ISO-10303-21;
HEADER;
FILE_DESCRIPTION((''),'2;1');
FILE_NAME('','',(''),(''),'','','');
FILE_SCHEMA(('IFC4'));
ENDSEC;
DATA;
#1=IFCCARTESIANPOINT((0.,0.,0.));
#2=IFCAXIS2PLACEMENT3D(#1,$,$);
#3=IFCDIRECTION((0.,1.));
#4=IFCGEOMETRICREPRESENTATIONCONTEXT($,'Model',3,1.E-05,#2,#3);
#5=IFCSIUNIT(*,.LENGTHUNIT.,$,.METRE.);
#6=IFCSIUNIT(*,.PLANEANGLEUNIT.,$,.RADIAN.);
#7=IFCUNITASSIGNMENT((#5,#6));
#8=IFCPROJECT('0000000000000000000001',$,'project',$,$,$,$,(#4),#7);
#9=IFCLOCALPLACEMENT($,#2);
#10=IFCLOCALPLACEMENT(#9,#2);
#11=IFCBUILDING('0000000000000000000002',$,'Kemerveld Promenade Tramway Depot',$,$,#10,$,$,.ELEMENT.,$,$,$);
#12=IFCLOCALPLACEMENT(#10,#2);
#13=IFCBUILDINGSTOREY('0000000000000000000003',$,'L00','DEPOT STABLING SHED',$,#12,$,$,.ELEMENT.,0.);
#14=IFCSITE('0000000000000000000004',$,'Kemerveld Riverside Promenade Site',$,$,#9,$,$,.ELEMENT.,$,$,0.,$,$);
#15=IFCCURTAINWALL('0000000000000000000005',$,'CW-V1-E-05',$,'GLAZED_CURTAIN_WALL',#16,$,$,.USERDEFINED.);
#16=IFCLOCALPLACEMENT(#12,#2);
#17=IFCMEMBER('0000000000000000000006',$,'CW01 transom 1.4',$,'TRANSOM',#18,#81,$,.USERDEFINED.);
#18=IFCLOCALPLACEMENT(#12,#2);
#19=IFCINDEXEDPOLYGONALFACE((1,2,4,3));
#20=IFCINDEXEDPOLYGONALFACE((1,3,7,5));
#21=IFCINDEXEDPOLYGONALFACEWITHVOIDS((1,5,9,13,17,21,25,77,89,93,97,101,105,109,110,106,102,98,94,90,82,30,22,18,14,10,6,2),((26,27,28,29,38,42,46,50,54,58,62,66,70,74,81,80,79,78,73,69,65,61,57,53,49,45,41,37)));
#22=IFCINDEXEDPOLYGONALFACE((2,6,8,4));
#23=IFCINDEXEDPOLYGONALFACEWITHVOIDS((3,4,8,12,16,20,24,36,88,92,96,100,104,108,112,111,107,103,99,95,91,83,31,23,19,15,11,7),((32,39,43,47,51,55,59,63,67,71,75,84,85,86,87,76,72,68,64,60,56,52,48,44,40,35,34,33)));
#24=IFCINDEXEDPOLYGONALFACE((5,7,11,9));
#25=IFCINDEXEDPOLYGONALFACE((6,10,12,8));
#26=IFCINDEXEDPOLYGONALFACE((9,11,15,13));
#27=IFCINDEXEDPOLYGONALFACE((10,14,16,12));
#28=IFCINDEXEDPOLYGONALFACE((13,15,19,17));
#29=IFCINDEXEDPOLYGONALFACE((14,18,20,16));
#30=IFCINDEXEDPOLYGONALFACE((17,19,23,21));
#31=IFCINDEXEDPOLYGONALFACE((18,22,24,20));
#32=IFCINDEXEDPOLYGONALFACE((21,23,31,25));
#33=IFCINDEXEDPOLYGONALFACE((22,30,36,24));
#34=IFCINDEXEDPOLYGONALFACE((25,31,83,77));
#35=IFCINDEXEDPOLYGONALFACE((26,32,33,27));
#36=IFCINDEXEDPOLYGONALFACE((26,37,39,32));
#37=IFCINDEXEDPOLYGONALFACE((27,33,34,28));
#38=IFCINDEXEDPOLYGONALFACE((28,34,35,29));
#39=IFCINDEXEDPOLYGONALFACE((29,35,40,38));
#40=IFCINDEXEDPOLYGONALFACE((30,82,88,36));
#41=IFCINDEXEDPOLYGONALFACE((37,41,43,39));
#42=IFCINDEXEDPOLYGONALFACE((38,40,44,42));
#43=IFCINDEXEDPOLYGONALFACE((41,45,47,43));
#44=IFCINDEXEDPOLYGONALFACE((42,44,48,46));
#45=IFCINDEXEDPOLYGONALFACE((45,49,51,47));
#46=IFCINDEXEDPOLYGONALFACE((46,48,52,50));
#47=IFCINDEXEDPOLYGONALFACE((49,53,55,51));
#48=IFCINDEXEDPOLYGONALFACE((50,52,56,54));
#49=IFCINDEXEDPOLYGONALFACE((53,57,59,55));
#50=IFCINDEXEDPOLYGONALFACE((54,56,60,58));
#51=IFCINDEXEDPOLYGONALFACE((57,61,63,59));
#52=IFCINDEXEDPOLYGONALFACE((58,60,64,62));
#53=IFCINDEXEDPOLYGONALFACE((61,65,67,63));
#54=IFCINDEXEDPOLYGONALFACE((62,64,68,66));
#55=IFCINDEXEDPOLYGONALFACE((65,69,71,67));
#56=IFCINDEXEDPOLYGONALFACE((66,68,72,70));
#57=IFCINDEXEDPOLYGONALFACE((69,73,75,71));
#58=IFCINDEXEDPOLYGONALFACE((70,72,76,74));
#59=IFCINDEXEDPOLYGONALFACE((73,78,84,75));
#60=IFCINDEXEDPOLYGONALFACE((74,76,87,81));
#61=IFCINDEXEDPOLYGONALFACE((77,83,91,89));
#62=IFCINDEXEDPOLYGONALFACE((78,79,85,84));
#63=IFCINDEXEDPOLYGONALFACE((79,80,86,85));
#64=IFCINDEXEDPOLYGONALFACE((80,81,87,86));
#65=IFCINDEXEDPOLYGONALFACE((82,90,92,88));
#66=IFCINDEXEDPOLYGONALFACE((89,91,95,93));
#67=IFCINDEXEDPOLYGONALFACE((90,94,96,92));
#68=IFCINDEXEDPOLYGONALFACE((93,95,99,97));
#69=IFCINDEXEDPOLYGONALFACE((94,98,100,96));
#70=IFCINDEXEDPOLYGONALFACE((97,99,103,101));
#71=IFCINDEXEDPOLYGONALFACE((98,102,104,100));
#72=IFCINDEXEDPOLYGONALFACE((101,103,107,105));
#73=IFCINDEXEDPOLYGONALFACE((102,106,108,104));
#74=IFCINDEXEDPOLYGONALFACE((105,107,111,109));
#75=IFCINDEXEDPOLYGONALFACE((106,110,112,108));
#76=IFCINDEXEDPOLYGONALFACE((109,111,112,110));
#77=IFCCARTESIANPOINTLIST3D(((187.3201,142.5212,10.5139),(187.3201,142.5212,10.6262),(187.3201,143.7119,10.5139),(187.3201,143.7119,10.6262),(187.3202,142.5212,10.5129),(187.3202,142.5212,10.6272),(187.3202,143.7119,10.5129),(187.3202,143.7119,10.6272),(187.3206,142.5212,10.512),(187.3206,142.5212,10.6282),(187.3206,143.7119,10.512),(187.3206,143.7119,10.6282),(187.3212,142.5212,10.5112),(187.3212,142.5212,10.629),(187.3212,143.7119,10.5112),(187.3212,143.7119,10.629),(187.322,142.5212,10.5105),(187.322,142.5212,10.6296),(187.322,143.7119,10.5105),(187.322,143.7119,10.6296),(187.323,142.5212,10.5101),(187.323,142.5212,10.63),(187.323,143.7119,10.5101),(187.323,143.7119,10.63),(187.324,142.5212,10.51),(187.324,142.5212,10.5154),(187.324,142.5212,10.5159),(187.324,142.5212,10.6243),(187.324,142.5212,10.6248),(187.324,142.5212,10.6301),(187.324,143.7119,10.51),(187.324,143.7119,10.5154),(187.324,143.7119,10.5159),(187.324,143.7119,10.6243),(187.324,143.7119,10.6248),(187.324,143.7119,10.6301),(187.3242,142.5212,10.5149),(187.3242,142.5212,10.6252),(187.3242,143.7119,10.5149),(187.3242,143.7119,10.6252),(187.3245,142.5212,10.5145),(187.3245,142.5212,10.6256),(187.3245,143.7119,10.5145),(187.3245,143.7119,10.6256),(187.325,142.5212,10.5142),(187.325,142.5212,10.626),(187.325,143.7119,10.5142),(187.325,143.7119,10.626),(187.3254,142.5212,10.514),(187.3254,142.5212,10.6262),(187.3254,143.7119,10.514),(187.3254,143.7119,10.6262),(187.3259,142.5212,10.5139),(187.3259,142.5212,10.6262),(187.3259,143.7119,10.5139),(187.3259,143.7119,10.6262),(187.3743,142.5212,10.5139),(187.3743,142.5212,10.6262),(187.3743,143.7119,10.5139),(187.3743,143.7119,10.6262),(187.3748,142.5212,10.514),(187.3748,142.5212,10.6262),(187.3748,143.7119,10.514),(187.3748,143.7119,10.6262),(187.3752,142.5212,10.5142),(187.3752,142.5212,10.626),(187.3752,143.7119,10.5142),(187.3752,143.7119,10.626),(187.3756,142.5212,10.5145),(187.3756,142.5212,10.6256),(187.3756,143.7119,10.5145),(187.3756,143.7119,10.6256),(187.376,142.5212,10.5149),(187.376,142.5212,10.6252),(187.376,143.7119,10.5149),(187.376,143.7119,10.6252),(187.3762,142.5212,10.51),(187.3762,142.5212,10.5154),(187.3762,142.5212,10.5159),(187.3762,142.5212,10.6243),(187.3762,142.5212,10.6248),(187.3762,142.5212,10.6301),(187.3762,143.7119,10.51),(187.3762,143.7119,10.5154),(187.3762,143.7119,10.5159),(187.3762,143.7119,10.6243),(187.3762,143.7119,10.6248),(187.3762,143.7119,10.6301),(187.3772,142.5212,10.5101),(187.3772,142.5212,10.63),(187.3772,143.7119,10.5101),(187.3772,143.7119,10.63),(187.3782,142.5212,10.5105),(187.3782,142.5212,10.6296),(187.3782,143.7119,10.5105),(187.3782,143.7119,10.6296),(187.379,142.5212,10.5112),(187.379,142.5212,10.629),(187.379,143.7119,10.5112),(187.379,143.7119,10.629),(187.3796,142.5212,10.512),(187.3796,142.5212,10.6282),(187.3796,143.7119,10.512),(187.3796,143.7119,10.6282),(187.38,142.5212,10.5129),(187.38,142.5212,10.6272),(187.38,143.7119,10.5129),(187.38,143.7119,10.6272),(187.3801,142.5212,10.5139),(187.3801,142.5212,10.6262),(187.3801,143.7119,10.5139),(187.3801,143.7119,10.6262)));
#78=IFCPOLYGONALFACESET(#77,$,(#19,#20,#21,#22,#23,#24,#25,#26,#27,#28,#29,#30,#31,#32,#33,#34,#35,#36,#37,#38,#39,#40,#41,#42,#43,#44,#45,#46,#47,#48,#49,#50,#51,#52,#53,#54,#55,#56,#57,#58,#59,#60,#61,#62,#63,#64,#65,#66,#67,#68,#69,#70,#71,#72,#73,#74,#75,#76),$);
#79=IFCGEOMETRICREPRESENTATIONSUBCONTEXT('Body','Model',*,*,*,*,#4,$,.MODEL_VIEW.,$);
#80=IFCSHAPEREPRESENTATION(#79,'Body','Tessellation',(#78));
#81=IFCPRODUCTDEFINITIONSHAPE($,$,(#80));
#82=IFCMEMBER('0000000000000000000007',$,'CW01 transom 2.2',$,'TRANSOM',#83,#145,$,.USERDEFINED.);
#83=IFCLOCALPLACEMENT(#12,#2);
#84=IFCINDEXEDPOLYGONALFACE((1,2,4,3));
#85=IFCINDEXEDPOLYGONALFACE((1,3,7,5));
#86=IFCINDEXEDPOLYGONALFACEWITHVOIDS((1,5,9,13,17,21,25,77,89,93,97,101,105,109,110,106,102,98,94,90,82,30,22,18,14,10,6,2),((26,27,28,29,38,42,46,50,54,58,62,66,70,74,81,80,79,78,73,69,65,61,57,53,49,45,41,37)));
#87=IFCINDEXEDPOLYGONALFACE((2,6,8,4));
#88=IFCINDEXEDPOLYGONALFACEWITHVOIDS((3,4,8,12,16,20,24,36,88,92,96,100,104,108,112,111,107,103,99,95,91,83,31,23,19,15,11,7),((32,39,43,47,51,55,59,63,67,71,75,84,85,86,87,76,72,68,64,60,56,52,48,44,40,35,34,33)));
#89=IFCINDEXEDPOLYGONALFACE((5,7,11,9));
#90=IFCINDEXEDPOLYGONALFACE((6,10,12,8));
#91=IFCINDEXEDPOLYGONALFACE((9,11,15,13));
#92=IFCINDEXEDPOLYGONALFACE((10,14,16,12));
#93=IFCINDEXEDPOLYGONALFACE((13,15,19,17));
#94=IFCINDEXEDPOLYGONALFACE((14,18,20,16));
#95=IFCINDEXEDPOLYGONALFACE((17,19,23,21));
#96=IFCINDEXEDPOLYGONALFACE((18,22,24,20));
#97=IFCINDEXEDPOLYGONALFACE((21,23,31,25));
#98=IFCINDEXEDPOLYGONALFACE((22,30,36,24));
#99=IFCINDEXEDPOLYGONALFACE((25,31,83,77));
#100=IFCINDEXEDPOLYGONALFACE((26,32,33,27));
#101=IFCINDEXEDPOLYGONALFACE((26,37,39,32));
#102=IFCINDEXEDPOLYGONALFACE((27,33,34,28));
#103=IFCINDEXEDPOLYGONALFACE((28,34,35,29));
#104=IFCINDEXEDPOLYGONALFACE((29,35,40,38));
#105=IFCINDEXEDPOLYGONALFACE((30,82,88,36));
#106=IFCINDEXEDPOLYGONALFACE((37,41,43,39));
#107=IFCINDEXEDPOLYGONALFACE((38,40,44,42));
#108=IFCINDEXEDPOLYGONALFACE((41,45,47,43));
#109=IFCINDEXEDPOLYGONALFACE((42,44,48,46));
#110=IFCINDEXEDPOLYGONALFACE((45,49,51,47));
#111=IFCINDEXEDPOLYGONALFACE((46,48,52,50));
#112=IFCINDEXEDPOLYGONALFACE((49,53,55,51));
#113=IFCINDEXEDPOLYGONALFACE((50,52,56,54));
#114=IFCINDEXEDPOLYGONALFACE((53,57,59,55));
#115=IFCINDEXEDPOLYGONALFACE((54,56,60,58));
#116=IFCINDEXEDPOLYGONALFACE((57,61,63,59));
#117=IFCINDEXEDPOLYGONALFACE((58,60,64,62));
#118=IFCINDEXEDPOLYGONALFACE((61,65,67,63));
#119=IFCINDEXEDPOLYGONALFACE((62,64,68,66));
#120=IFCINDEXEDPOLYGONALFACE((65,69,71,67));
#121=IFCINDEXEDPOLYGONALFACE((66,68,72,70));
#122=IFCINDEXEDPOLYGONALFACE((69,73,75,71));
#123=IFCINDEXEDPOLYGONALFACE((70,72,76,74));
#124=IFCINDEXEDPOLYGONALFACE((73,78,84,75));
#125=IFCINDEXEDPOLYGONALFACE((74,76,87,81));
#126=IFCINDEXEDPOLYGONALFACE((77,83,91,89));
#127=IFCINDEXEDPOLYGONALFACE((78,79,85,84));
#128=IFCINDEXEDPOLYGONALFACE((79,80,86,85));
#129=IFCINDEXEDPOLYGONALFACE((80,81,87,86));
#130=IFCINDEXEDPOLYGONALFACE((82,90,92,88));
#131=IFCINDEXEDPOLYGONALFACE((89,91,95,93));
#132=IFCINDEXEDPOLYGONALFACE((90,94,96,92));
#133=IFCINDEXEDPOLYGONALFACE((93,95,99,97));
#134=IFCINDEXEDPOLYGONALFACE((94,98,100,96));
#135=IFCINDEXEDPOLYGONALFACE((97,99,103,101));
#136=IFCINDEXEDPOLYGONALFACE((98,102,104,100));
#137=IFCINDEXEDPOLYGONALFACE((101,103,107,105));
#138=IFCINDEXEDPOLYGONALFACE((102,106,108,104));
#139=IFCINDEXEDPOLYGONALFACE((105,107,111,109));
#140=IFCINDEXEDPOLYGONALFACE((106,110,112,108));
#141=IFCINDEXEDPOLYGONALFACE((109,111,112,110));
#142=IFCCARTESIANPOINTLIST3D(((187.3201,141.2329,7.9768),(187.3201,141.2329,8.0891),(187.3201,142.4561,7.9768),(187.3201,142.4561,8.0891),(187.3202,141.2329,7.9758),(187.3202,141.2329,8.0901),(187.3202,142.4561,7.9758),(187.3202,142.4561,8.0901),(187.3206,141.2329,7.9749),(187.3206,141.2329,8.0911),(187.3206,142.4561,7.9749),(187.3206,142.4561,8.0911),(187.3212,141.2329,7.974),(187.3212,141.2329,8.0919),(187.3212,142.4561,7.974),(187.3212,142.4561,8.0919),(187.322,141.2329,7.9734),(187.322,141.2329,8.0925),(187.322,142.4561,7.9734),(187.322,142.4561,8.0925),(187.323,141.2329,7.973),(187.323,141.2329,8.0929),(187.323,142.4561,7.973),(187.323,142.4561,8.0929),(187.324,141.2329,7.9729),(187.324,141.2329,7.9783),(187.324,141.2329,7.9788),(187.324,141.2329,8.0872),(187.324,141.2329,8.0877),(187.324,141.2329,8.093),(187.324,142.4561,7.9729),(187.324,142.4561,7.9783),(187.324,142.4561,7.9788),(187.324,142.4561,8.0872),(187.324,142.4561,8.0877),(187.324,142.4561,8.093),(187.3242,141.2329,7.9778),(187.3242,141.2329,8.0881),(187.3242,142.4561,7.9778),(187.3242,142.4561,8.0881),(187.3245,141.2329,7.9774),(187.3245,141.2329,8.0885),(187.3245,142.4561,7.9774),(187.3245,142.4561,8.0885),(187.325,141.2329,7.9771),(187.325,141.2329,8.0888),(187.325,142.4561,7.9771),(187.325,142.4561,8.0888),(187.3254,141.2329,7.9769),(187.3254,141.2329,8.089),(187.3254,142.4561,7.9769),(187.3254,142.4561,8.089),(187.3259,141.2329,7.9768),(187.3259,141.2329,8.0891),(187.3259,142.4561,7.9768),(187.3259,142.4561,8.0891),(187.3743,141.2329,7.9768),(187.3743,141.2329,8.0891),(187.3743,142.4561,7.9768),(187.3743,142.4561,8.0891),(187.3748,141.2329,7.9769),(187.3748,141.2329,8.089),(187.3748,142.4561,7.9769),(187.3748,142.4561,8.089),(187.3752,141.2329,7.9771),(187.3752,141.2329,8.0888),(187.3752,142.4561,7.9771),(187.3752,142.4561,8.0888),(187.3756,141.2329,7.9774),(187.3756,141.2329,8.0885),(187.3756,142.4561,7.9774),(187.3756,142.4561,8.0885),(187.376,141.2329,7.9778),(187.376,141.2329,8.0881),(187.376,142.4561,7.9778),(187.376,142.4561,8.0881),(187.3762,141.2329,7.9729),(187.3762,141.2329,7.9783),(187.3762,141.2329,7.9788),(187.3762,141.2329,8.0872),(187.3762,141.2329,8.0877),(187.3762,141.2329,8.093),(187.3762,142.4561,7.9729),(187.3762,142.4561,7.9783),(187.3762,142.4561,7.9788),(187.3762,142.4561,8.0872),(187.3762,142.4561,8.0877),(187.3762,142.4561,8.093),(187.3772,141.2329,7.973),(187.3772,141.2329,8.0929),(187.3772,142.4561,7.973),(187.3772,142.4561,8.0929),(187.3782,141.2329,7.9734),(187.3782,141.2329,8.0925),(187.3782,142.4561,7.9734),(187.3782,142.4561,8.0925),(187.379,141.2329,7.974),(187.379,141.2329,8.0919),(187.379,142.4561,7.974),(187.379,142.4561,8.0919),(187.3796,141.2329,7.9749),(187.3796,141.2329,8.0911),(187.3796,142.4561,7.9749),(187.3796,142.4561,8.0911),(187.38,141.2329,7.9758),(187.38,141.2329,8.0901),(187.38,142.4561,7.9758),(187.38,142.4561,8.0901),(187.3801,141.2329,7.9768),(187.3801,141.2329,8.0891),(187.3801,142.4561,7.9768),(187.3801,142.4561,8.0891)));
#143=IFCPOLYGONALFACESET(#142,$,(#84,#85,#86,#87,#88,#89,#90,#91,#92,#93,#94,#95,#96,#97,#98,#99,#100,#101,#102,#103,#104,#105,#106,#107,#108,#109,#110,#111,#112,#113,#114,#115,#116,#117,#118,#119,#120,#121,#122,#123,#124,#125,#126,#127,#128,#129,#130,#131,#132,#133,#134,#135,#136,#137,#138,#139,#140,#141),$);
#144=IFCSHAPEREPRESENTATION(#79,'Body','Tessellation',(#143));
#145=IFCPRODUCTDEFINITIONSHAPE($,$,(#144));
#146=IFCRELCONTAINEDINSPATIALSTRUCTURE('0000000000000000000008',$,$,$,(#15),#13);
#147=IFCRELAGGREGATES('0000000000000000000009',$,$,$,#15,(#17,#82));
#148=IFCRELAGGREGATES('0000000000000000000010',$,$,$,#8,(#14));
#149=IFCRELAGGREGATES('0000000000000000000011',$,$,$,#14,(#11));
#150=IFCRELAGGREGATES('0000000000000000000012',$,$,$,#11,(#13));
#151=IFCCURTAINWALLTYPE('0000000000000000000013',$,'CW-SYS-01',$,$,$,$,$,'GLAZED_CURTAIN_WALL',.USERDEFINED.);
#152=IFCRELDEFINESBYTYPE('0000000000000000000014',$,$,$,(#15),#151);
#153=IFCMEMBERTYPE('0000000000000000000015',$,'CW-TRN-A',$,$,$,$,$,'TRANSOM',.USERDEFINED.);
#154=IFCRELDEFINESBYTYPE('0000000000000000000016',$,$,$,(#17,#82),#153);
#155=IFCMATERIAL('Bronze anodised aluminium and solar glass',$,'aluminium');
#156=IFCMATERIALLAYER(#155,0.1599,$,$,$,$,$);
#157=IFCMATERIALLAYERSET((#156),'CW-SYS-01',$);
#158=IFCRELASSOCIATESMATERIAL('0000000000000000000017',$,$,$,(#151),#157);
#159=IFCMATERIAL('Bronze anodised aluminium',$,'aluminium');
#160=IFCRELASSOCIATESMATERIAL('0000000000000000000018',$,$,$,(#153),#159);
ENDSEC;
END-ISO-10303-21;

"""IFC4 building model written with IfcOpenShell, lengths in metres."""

from ifc_helpers import new_model, si_unit, direction, frame, origin, origin_2d, place, context, subcontext, project, spatial, hollow_rectangle, extrude, material, layer, layer_set, material_profile, profile_set, type_object, element, aggregate, save


model = new_model("IFC4")

# Units and contexts
model_context = context("Model", 3, precision=1e-05, world=origin(), true_north=direction((0.0, 1.0)))
body_context = subcontext(model_context, "Body", "Model", "MODEL_VIEW")
ifc_project = project(units=[si_unit("LENGTHUNIT", "METRE"), si_unit("PLANEANGLEUNIT", "RADIAN")], contexts=[model_context])

# Site, building, storey
site_placement = place(None, origin())
site = spatial("IfcSite", under=ifc_project, at=site_placement, Name="Kemerveld Riverside Promenade Site", CompositionType="ELEMENT", RefElevation=0.0)
building_placement = place(site_placement, origin())
building = spatial("IfcBuilding", under=site, at=building_placement, Name="Kemerveld Promenade Tramway Depot", CompositionType="ELEMENT")
storey_placement = place(building_placement, origin())
storey = spatial("IfcBuildingStorey", under=building, at=storey_placement, Name="L00", Description="DEPOT STABLING SHED", CompositionType="ELEMENT", Elevation=0.0)

# Curtain wall, members
ifc_material_1 = material(Name="Bronze anodised aluminium and solar glass", Category="aluminium")
ifc_layer_1 = layer(ifc_material_1, 0.1599)
ifc_layer_set_1 = layer_set([ifc_layer_1], Name="CW-SYS-01")
curtain_wall_type_1 = type_object("IfcCurtainWallType", Name="CW-SYS-01", ElementType="GLAZED_CURTAIN_WALL", PredefinedType="USERDEFINED", material=ifc_layer_set_1)
curtain_wall_1_placement = place(storey_placement, origin())
curtain_wall_1 = element("IfcCurtainWall", 1, at=curtain_wall_1_placement, inside=storey, type_object=curtain_wall_type_1, Name="CW-V1-E-05", ObjectType="GLAZED_CURTAIN_WALL", PredefinedType="USERDEFINED")
ifc_material_2 = material(Name="Bronze anodised aluminium", Category="aluminium")
ifc_material_profile_1 = material_profile(ifc_material_2, hollow_rectangle(XDim=0.0601, YDim=0.1201, WallThickness=0.0039, InnerFilletRadius=0.002, OuterFilletRadius=0.0039, at=origin_2d()), Name="CW-TRN-120x60")
ifc_profile_set_1 = profile_set([ifc_material_profile_1], Name="Bronze anodised aluminium")
member_type_1 = type_object("IfcMemberType", Name="CW-TRN-A", ElementType="TRANSOM", PredefinedType="USERDEFINED", material=ifc_profile_set_1)
member_1_placement = place(storey_placement, frame((187.3501, 143.7119, 10.5701), z_axis=(0.0, -1.0, 0.0), x_axis=(1.0, 0.0, 0.0)))
member_1 = element("IfcMember", 2, at=member_1_placement, type_object=member_type_1, Name="CW01 transom 1.4", ObjectType="TRANSOM", PredefinedType="USERDEFINED", context=body_context, shape_type="SweptSolid", body=[
    extrude(hollow_rectangle(XDim=0.0601, YDim=0.1201, WallThickness=0.0039, InnerFilletRadius=0.002, OuterFilletRadius=0.0039, at=origin_2d()), origin(), (0.0, 0.0, 1.0), 1.1907),
])
member_2_placement = place(storey_placement, frame((187.3501, 142.4561, 8.033), z_axis=(0.0, -1.0, 0.0), x_axis=(1.0, 0.0, 0.0)))
member_2 = element("IfcMember", 3, at=member_2_placement, type_object=member_type_1, Name="CW01 transom 2.2", ObjectType="TRANSOM", PredefinedType="USERDEFINED", context=body_context, shape_type="SweptSolid", body=[
    extrude(hollow_rectangle(XDim=0.0601, YDim=0.1201, WallThickness=0.0039, InnerFilletRadius=0.002, OuterFilletRadius=0.0039, at=origin_2d()), origin(), (0.0, 0.0, 1.0), 1.2231),
])

aggregate(curtain_wall_1, [member_1, member_2])

save(model, "model.ifc")
